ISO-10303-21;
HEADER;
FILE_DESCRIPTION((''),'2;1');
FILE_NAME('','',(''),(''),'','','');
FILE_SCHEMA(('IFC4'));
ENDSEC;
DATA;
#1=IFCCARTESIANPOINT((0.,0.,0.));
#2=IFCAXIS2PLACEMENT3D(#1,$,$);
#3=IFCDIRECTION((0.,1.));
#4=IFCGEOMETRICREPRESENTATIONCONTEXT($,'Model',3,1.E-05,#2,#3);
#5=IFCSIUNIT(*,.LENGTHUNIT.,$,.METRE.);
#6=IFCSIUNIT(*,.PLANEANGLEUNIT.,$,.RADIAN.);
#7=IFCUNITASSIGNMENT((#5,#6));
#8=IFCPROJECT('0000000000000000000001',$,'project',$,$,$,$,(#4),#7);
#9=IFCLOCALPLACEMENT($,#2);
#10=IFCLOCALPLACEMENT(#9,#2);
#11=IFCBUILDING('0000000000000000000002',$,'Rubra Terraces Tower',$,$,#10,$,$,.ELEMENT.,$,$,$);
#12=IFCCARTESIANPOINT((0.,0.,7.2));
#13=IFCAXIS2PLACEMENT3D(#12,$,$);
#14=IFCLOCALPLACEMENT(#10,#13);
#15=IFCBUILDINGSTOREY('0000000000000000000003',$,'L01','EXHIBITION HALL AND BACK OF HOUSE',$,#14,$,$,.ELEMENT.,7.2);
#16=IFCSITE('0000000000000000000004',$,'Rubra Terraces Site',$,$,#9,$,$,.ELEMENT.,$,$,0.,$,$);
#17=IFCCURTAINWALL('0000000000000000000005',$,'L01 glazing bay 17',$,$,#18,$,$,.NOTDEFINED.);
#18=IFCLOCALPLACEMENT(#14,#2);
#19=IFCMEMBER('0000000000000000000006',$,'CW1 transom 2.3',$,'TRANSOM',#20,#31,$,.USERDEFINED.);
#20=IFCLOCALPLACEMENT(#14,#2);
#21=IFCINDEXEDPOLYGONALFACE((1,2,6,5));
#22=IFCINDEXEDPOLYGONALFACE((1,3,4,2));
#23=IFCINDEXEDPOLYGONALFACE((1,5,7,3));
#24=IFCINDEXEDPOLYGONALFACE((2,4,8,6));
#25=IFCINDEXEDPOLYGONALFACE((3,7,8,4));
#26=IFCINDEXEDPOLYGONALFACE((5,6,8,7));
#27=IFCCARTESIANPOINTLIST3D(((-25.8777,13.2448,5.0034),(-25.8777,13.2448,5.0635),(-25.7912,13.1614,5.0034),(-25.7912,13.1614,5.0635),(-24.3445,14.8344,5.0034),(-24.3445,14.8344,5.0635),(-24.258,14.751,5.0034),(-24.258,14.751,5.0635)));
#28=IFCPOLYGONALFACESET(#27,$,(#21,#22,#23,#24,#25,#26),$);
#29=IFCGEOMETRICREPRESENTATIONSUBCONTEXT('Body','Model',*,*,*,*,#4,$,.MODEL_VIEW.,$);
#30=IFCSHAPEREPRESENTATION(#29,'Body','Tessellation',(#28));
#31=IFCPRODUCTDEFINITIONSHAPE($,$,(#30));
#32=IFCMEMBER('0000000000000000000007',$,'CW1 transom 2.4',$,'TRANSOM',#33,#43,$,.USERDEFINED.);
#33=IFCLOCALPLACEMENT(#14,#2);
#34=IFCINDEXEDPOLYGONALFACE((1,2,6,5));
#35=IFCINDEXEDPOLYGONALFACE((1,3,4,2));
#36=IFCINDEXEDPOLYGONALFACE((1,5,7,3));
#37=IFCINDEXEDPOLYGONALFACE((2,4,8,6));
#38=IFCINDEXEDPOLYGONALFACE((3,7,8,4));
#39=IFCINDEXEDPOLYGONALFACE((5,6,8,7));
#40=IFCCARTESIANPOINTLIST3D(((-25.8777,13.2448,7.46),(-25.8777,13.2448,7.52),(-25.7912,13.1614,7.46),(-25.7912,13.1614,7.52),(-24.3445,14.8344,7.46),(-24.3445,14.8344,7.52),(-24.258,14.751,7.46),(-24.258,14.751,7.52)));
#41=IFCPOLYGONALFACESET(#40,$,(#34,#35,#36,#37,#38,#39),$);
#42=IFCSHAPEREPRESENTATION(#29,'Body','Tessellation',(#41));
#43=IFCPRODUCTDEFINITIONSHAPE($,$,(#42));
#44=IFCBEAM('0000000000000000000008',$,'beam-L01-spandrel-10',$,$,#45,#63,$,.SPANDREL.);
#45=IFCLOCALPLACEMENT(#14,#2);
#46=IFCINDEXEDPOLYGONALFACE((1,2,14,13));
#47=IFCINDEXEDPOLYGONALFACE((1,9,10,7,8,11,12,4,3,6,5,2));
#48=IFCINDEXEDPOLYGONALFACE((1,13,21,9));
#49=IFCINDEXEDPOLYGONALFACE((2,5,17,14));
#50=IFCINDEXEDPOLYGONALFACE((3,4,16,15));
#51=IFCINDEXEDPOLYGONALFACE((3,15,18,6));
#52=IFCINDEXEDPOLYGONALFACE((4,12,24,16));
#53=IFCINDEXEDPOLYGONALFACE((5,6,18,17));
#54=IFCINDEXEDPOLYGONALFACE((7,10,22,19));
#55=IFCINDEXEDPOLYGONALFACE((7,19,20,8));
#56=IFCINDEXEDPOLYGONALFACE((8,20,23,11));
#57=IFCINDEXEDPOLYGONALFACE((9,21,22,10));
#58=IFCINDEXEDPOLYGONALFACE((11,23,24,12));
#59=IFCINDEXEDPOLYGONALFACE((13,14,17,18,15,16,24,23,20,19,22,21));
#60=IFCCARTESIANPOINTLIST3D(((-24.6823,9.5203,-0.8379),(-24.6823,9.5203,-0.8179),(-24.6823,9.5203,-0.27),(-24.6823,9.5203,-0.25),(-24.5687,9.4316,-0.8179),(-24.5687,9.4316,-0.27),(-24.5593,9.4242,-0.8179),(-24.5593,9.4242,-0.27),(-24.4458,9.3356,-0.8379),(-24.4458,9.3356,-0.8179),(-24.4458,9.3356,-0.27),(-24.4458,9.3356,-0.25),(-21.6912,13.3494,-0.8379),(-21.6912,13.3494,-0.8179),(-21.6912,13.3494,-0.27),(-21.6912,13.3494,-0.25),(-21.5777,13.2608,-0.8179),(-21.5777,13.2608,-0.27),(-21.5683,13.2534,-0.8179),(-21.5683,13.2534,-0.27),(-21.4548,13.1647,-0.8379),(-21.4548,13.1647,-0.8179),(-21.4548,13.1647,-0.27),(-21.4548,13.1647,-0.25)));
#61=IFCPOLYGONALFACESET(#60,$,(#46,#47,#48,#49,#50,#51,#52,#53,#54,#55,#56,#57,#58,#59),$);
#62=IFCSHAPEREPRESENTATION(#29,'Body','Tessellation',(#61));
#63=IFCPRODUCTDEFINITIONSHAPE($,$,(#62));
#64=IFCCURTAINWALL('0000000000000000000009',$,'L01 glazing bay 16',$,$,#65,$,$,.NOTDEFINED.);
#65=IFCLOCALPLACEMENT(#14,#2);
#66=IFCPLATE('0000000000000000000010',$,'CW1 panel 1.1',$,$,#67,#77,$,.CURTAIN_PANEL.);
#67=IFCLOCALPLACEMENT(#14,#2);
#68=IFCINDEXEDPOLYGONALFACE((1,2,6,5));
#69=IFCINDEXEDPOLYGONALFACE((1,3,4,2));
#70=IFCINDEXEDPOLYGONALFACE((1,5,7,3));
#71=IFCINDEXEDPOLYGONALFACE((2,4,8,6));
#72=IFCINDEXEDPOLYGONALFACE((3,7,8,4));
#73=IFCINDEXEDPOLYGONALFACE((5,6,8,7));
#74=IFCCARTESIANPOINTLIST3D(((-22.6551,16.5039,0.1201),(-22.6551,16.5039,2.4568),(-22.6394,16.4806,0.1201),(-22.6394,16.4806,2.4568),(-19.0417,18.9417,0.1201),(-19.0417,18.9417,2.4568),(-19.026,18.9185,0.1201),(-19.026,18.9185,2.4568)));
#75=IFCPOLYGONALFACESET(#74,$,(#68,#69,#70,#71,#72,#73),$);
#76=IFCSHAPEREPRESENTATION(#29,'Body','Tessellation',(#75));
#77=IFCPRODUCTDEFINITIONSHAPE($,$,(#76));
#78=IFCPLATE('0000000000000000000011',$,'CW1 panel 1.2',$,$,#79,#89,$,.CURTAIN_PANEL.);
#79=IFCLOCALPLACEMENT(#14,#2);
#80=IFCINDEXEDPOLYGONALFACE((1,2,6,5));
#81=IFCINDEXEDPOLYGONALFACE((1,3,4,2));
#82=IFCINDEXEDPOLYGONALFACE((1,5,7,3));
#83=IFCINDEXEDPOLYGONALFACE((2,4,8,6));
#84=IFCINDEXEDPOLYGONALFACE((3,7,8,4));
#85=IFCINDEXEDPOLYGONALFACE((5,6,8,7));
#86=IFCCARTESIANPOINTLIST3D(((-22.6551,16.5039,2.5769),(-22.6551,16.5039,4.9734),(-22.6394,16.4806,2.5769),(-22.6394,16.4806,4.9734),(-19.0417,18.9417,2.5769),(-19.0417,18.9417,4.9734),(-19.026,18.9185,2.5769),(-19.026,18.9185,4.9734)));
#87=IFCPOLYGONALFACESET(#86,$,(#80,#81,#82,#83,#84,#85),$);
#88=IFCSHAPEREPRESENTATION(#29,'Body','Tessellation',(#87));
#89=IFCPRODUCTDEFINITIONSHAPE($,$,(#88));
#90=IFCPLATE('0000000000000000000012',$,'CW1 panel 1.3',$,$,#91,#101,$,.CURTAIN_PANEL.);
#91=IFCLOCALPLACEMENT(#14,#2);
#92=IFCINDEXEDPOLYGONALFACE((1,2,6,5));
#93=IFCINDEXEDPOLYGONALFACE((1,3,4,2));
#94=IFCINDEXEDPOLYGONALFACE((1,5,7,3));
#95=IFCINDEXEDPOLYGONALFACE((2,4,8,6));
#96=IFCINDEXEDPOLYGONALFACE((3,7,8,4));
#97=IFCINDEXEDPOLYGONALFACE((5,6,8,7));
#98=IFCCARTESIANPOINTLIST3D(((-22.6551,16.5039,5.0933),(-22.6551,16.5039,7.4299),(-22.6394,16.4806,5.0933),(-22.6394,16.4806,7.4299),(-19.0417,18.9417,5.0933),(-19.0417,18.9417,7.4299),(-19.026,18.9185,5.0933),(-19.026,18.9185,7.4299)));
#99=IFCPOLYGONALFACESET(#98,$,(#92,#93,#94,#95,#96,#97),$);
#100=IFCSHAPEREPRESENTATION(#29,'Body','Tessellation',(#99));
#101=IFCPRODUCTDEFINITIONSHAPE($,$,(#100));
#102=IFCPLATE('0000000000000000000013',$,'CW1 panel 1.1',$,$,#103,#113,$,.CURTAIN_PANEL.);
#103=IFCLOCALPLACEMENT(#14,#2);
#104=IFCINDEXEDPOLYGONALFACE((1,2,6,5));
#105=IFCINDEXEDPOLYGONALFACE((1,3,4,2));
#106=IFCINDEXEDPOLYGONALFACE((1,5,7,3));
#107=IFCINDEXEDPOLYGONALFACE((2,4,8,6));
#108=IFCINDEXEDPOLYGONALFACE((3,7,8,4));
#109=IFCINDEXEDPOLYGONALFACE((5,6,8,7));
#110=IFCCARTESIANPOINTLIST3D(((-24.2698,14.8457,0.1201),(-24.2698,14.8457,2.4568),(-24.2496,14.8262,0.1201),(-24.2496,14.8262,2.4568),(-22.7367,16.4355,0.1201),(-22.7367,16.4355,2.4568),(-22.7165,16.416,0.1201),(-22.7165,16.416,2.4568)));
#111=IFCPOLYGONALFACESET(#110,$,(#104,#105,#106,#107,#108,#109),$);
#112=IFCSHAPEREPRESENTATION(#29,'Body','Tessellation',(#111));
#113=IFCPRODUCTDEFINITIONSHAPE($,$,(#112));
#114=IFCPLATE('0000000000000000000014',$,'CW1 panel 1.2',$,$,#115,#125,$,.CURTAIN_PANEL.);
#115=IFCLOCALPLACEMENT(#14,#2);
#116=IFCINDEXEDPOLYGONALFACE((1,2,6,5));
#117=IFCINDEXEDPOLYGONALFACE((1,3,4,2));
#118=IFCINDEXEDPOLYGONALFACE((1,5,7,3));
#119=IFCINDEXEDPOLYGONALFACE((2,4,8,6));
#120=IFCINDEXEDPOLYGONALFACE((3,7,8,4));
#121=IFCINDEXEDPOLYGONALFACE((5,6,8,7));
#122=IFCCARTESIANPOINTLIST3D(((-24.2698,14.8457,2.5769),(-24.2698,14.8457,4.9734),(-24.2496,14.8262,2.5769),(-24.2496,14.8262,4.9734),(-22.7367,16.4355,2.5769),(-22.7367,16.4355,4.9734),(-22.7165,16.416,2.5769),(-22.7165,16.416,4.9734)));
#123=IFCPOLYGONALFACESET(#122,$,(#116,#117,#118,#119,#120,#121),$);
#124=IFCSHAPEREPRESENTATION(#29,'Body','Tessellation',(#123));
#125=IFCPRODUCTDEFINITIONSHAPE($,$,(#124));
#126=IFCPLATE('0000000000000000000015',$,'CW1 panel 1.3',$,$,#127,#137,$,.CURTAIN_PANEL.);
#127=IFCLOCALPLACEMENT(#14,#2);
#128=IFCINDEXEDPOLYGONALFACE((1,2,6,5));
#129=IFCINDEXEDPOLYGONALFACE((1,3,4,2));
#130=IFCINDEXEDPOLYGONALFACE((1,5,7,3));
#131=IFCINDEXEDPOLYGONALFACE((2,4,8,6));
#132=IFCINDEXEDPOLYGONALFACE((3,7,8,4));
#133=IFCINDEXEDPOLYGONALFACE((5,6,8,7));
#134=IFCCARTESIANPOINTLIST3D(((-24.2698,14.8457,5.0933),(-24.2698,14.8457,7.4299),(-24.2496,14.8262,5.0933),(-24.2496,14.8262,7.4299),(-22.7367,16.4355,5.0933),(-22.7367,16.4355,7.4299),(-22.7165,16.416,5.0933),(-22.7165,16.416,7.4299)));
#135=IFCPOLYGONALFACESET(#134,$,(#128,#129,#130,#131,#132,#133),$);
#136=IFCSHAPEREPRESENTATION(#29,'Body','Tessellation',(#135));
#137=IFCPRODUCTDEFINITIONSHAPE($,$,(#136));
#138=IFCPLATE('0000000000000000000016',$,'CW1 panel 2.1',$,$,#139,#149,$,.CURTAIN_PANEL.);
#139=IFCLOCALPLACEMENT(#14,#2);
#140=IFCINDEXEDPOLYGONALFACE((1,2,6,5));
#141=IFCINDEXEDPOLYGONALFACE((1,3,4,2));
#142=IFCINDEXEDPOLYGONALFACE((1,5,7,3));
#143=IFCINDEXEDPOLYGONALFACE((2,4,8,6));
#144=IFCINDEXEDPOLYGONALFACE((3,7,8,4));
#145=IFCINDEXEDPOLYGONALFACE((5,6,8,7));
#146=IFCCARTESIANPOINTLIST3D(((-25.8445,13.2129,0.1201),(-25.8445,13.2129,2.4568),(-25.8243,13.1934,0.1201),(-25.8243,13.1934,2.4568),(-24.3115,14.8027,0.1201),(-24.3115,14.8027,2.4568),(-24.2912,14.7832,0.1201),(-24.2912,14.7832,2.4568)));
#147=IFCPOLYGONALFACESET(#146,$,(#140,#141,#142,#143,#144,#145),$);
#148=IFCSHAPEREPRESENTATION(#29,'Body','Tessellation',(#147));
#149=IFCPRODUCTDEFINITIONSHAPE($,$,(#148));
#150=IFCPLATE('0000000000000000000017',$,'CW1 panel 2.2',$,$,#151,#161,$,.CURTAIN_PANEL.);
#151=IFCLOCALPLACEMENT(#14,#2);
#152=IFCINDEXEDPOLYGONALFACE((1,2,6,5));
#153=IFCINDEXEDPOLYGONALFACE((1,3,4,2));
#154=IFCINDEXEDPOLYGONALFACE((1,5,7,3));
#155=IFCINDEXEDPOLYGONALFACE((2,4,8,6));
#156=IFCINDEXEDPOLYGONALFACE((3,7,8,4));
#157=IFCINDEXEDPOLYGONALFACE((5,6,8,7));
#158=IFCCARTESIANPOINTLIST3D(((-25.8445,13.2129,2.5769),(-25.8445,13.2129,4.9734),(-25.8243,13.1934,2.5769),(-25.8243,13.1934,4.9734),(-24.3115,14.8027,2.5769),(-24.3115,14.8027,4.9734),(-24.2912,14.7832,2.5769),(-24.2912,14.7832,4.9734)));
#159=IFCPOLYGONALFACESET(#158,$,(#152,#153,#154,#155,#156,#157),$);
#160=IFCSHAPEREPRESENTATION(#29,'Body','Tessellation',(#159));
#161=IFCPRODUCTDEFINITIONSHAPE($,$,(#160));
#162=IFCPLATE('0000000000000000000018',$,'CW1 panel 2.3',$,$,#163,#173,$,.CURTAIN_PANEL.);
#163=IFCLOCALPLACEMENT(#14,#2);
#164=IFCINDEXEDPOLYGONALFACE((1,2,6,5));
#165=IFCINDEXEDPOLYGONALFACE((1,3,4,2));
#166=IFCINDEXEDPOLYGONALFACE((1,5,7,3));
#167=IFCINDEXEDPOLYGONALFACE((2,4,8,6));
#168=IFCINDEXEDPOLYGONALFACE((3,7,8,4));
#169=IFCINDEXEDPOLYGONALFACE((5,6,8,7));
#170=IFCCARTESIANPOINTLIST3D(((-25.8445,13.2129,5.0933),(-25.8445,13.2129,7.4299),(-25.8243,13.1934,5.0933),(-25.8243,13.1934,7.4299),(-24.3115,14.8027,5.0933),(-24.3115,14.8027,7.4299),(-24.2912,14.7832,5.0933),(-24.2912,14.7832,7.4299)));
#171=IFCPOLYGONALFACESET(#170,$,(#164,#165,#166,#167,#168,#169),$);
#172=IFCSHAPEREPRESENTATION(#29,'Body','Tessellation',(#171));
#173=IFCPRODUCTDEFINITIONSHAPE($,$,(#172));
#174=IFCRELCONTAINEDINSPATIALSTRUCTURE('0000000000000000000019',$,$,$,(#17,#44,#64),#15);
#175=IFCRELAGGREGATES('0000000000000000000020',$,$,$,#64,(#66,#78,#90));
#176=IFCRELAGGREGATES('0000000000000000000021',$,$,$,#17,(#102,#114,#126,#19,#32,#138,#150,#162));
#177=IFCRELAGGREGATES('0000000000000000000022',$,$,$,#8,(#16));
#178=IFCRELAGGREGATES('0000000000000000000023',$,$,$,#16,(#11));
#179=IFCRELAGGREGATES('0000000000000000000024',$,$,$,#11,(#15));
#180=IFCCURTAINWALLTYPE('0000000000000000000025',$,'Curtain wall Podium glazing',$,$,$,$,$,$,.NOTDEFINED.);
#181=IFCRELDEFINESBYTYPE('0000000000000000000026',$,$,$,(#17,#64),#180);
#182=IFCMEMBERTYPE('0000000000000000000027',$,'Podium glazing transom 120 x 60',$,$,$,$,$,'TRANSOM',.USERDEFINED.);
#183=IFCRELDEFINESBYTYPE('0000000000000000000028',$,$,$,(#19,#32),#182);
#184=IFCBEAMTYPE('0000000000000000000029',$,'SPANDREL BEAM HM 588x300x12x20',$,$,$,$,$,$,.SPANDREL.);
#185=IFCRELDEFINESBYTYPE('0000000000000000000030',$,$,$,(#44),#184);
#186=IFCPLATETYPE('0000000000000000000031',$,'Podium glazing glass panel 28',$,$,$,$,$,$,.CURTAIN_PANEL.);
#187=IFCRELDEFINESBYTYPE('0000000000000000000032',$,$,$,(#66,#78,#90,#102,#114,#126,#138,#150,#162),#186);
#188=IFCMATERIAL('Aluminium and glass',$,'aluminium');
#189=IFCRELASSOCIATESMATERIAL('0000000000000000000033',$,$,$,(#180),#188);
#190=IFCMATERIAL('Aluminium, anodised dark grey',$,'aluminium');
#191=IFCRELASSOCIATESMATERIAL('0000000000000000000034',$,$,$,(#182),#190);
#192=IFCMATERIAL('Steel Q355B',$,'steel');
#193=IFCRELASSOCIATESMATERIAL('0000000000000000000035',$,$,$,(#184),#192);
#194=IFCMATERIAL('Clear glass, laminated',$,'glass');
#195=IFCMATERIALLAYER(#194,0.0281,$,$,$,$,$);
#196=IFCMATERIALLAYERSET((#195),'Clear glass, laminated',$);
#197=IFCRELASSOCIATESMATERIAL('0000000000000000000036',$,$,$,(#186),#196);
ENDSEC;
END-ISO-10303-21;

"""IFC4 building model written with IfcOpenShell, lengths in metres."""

from ifc_helpers import new_model, si_unit, direction, frame, origin, origin_2d, place, context, subcontext, project, spatial, rectangle, i_section, extrude, material, layer, layer_set, material_profile, profile_set, type_object, element, aggregate, save


model = new_model("IFC4")

# Units and contexts
model_context = context("Model", 3, precision=1e-05, world=origin(), true_north=direction((0.0, 1.0)))
body_context = subcontext(model_context, "Body", "Model", "MODEL_VIEW")
ifc_project = project(units=[si_unit("LENGTHUNIT", "METRE"), si_unit("PLANEANGLEUNIT", "RADIAN")], contexts=[model_context])

# Site, building, storey
site_placement = place(None, origin())
site = spatial("IfcSite", under=ifc_project, at=site_placement, Name="Rubra Terraces Site", CompositionType="ELEMENT", RefElevation=0.0)
building_placement = place(site_placement, origin())
building = spatial("IfcBuilding", under=site, at=building_placement, Name="Rubra Terraces Tower", CompositionType="ELEMENT")
storey_placement = place(building_placement, frame((0.0, 0.0, 7.2)))
storey = spatial("IfcBuildingStorey", under=building, at=storey_placement, Name="L01", Description="EXHIBITION HALL AND BACK OF HOUSE", CompositionType="ELEMENT", Elevation=7.2)

# Shared definitions
ifc_material_1 = material(Name="Steel Q355B", Category="steel")

# Curtain wall
ifc_material_2 = material(Name="Aluminium and glass", Category="aluminium")
curtain_wall_type = type_object("IfcCurtainWallType", Name="Curtain wall Podium glazing", PredefinedType="NOTDEFINED", material=ifc_material_2)
curtain_wall_1_placement = place(storey_placement, origin())
curtain_wall_1 = element("IfcCurtainWall", 1, at=curtain_wall_1_placement, inside=storey, type_object=curtain_wall_type, Name="L01 glazing bay 17", PredefinedType="NOTDEFINED")
ifc_material_3 = material(Name="Aluminium, anodised dark grey", Category="aluminium")

# Members
ifc_material_profile_1 = material_profile(ifc_material_3, rectangle(XDim=0.1201, YDim=0.0601, at=origin_2d()), Name="AL 120x60")
ifc_profile_set_1 = profile_set([ifc_material_profile_1], Name="Aluminium, anodised dark grey")
member_type_1 = type_object("IfcMemberType", Name="Podium glazing transom 120 x 60", ElementType="TRANSOM", PredefinedType="USERDEFINED", material=ifc_profile_set_1)
member_1_placement = place(storey_placement, frame((-24.3013, 14.7927, 5.0334), z_axis=(-0.694224, -0.719759, 0.0), x_axis=(0.719759, -0.694224, 0.0)))
member_1 = element("IfcMember", 2, at=member_1_placement, type_object=member_type_1, Name="CW1 transom 2.3", ObjectType="TRANSOM", PredefinedType="USERDEFINED", context=body_context, shape_type="SweptSolid", body=[
    extrude(rectangle(XDim=0.1201, YDim=0.0601, at=origin_2d()), origin(), (0.0, 0.0, 1.0), 2.2085),
])
member_2_placement = place(storey_placement, frame((-24.3013, 14.7927, 7.49), z_axis=(-0.694224, -0.719759, 0.0), x_axis=(0.719759, -0.694224, 0.0)))
member_2 = element("IfcMember", 3, at=member_2_placement, type_object=member_type_1, Name="CW1 transom 2.4", ObjectType="TRANSOM", PredefinedType="USERDEFINED", context=body_context, shape_type="SweptSolid", body=[
    extrude(rectangle(XDim=0.1201, YDim=0.0601, at=origin_2d()), origin(), (0.0, 0.0, 1.0), 2.2085),
])

# Beam
ifc_material_profile_2 = material_profile(ifc_material_1, i_section(OverallWidth=0.3, OverallDepth=0.5879, WebThickness=0.012, FlangeThickness=0.02, at=origin_2d()), Name="HM 588x300x12x20")
ifc_profile_set_2 = profile_set([ifc_material_profile_2], Name="Steel Q355B")
beam_type_1 = type_object("IfcBeamType", Name="SPANDREL BEAM HM 588x300x12x20", PredefinedType="SPANDREL", material=ifc_profile_set_2)
beam_1_placement = place(storey_placement, frame((-21.573, 13.2571, -0.5439), z_axis=(-0.615578, -0.788076, 0.0), x_axis=(0.788076, -0.615578, 0.0)))
element("IfcBeam", 4, at=beam_1_placement, inside=storey, type_object=beam_type_1, Name="beam-L01-spandrel-10", PredefinedType="SPANDREL", context=body_context, shape_type="SweptSolid", body=[
    extrude(i_section(OverallWidth=0.3, OverallDepth=0.5879, WebThickness=0.012, FlangeThickness=0.02, at=origin_2d()), origin(), (0.0, 0.0, 1.0), 4.8589),
])

# Curtain wall, plates
curtain_wall_2_placement = place(storey_placement, origin())
curtain_wall_2 = element("IfcCurtainWall", 5, at=curtain_wall_2_placement, inside=storey, type_object=curtain_wall_type, Name="L01 glazing bay 16", PredefinedType="NOTDEFINED")
ifc_material_4 = material(Name="Clear glass, laminated", Category="glass")
ifc_layer = layer(ifc_material_4, 0.0281)
ifc_layer_set = layer_set([ifc_layer], Name="Clear glass, laminated")
plate_type = type_object("IfcPlateType", Name="Podium glazing glass panel 28", PredefinedType="CURTAIN_PANEL", material=ifc_layer_set)
plate_1_placement = place(storey_placement, frame((-20.8406, 17.7112, 0.1201), z_axis=(0.0, 0.0, 1.0), x_axis=(-0.828981, -0.559277, 0.0)))
plate_1 = element("IfcPlate", 6, at=plate_1_placement, type_object=plate_type, Name="CW1 panel 1.1", PredefinedType="CURTAIN_PANEL", context=body_context, shape_type="SweptSolid", body=[
    extrude(rectangle(XDim=4.3589, YDim=0.0281, at=origin_2d()), origin(), (0.0, 0.0, 1.0), 2.3367),
])
plate_2_placement = place(storey_placement, frame((-20.8406, 17.7112, 2.5769), z_axis=(0.0, 0.0, 1.0), x_axis=(-0.828981, -0.559277, 0.0)))
plate_2 = element("IfcPlate", 7, at=plate_2_placement, type_object=plate_type, Name="CW1 panel 1.2", PredefinedType="CURTAIN_PANEL", context=body_context, shape_type="SweptSolid", body=[
    extrude(rectangle(XDim=4.3589, YDim=0.0281, at=origin_2d()), origin(), (0.0, 0.0, 1.0), 2.3965),
])
plate_3_placement = place(storey_placement, frame((-20.8406, 17.7112, 5.0933), z_axis=(0.0, 0.0, 1.0), x_axis=(-0.828981, -0.559277, 0.0)))
plate_3 = element("IfcPlate", 8, at=plate_3_placement, type_object=plate_type, Name="CW1 panel 1.3", PredefinedType="CURTAIN_PANEL", context=body_context, shape_type="SweptSolid", body=[
    extrude(rectangle(XDim=4.3589, YDim=0.0281, at=origin_2d()), origin(), (0.0, 0.0, 1.0), 2.3367),
])
aggregate(curtain_wall_2, [plate_1, plate_2, plate_3])

# Plates
plate_4_placement = place(storey_placement, frame((-23.4932, 15.6309, 0.1201), z_axis=(0.0, 0.0, 1.0), x_axis=(-0.694156, -0.719825, 0.0)))
plate_4 = element("IfcPlate", 9, at=plate_4_placement, type_object=plate_type, Name="CW1 panel 1.1", PredefinedType="CURTAIN_PANEL", context=body_context, shape_type="SweptSolid", body=[
    extrude(rectangle(XDim=2.2085, YDim=0.0281, at=origin_2d()), origin(), (0.0, 0.0, 1.0), 2.3367),
])
plate_5_placement = place(storey_placement, frame((-23.4932, 15.6309, 2.5769), z_axis=(0.0, 0.0, 1.0), x_axis=(-0.694156, -0.719825, 0.0)))
plate_5 = element("IfcPlate", 10, at=plate_5_placement, type_object=plate_type, Name="CW1 panel 1.2", PredefinedType="CURTAIN_PANEL", context=body_context, shape_type="SweptSolid", body=[
    extrude(rectangle(XDim=2.2085, YDim=0.0281, at=origin_2d()), origin(), (0.0, 0.0, 1.0), 2.3965),
])
plate_6_placement = place(storey_placement, frame((-23.4932, 15.6309, 5.0933), z_axis=(0.0, 0.0, 1.0), x_axis=(-0.694156, -0.719825, 0.0)))
plate_6 = element("IfcPlate", 11, at=plate_6_placement, type_object=plate_type, Name="CW1 panel 1.3", PredefinedType="CURTAIN_PANEL", context=body_context, shape_type="SweptSolid", body=[
    extrude(rectangle(XDim=2.2085, YDim=0.0281, at=origin_2d()), origin(), (0.0, 0.0, 1.0), 2.3367),
])
plate_7_placement = place(storey_placement, frame((-25.0679, 13.998, 0.1201), z_axis=(0.0, 0.0, 1.0), x_axis=(-0.694156, -0.719825, 0.0)))
plate_7 = element("IfcPlate", 12, at=plate_7_placement, type_object=plate_type, Name="CW1 panel 2.1", PredefinedType="CURTAIN_PANEL", context=body_context, shape_type="SweptSolid", body=[
    extrude(rectangle(XDim=2.2085, YDim=0.0281, at=origin_2d()), origin(), (0.0, 0.0, 1.0), 2.3367),
])
plate_8_placement = place(storey_placement, frame((-25.0679, 13.998, 2.5769), z_axis=(0.0, 0.0, 1.0), x_axis=(-0.694156, -0.719825, 0.0)))
plate_8 = element("IfcPlate", 13, at=plate_8_placement, type_object=plate_type, Name="CW1 panel 2.2", PredefinedType="CURTAIN_PANEL", context=body_context, shape_type="SweptSolid", body=[
    extrude(rectangle(XDim=2.2085, YDim=0.0281, at=origin_2d()), origin(), (0.0, 0.0, 1.0), 2.3965),
])
plate_9_placement = place(storey_placement, frame((-25.0679, 13.998, 5.0933), z_axis=(0.0, 0.0, 1.0), x_axis=(-0.694156, -0.719825, 0.0)))
plate_9 = element("IfcPlate", 14, at=plate_9_placement, type_object=plate_type, Name="CW1 panel 2.3", PredefinedType="CURTAIN_PANEL", context=body_context, shape_type="SweptSolid", body=[
    extrude(rectangle(XDim=2.2085, YDim=0.0281, at=origin_2d()), origin(), (0.0, 0.0, 1.0), 2.3367),
])
aggregate(curtain_wall_1, [plate_4, plate_5, plate_6, member_1, member_2, plate_7, plate_8, plate_9])

save(model, "model.ifc")
